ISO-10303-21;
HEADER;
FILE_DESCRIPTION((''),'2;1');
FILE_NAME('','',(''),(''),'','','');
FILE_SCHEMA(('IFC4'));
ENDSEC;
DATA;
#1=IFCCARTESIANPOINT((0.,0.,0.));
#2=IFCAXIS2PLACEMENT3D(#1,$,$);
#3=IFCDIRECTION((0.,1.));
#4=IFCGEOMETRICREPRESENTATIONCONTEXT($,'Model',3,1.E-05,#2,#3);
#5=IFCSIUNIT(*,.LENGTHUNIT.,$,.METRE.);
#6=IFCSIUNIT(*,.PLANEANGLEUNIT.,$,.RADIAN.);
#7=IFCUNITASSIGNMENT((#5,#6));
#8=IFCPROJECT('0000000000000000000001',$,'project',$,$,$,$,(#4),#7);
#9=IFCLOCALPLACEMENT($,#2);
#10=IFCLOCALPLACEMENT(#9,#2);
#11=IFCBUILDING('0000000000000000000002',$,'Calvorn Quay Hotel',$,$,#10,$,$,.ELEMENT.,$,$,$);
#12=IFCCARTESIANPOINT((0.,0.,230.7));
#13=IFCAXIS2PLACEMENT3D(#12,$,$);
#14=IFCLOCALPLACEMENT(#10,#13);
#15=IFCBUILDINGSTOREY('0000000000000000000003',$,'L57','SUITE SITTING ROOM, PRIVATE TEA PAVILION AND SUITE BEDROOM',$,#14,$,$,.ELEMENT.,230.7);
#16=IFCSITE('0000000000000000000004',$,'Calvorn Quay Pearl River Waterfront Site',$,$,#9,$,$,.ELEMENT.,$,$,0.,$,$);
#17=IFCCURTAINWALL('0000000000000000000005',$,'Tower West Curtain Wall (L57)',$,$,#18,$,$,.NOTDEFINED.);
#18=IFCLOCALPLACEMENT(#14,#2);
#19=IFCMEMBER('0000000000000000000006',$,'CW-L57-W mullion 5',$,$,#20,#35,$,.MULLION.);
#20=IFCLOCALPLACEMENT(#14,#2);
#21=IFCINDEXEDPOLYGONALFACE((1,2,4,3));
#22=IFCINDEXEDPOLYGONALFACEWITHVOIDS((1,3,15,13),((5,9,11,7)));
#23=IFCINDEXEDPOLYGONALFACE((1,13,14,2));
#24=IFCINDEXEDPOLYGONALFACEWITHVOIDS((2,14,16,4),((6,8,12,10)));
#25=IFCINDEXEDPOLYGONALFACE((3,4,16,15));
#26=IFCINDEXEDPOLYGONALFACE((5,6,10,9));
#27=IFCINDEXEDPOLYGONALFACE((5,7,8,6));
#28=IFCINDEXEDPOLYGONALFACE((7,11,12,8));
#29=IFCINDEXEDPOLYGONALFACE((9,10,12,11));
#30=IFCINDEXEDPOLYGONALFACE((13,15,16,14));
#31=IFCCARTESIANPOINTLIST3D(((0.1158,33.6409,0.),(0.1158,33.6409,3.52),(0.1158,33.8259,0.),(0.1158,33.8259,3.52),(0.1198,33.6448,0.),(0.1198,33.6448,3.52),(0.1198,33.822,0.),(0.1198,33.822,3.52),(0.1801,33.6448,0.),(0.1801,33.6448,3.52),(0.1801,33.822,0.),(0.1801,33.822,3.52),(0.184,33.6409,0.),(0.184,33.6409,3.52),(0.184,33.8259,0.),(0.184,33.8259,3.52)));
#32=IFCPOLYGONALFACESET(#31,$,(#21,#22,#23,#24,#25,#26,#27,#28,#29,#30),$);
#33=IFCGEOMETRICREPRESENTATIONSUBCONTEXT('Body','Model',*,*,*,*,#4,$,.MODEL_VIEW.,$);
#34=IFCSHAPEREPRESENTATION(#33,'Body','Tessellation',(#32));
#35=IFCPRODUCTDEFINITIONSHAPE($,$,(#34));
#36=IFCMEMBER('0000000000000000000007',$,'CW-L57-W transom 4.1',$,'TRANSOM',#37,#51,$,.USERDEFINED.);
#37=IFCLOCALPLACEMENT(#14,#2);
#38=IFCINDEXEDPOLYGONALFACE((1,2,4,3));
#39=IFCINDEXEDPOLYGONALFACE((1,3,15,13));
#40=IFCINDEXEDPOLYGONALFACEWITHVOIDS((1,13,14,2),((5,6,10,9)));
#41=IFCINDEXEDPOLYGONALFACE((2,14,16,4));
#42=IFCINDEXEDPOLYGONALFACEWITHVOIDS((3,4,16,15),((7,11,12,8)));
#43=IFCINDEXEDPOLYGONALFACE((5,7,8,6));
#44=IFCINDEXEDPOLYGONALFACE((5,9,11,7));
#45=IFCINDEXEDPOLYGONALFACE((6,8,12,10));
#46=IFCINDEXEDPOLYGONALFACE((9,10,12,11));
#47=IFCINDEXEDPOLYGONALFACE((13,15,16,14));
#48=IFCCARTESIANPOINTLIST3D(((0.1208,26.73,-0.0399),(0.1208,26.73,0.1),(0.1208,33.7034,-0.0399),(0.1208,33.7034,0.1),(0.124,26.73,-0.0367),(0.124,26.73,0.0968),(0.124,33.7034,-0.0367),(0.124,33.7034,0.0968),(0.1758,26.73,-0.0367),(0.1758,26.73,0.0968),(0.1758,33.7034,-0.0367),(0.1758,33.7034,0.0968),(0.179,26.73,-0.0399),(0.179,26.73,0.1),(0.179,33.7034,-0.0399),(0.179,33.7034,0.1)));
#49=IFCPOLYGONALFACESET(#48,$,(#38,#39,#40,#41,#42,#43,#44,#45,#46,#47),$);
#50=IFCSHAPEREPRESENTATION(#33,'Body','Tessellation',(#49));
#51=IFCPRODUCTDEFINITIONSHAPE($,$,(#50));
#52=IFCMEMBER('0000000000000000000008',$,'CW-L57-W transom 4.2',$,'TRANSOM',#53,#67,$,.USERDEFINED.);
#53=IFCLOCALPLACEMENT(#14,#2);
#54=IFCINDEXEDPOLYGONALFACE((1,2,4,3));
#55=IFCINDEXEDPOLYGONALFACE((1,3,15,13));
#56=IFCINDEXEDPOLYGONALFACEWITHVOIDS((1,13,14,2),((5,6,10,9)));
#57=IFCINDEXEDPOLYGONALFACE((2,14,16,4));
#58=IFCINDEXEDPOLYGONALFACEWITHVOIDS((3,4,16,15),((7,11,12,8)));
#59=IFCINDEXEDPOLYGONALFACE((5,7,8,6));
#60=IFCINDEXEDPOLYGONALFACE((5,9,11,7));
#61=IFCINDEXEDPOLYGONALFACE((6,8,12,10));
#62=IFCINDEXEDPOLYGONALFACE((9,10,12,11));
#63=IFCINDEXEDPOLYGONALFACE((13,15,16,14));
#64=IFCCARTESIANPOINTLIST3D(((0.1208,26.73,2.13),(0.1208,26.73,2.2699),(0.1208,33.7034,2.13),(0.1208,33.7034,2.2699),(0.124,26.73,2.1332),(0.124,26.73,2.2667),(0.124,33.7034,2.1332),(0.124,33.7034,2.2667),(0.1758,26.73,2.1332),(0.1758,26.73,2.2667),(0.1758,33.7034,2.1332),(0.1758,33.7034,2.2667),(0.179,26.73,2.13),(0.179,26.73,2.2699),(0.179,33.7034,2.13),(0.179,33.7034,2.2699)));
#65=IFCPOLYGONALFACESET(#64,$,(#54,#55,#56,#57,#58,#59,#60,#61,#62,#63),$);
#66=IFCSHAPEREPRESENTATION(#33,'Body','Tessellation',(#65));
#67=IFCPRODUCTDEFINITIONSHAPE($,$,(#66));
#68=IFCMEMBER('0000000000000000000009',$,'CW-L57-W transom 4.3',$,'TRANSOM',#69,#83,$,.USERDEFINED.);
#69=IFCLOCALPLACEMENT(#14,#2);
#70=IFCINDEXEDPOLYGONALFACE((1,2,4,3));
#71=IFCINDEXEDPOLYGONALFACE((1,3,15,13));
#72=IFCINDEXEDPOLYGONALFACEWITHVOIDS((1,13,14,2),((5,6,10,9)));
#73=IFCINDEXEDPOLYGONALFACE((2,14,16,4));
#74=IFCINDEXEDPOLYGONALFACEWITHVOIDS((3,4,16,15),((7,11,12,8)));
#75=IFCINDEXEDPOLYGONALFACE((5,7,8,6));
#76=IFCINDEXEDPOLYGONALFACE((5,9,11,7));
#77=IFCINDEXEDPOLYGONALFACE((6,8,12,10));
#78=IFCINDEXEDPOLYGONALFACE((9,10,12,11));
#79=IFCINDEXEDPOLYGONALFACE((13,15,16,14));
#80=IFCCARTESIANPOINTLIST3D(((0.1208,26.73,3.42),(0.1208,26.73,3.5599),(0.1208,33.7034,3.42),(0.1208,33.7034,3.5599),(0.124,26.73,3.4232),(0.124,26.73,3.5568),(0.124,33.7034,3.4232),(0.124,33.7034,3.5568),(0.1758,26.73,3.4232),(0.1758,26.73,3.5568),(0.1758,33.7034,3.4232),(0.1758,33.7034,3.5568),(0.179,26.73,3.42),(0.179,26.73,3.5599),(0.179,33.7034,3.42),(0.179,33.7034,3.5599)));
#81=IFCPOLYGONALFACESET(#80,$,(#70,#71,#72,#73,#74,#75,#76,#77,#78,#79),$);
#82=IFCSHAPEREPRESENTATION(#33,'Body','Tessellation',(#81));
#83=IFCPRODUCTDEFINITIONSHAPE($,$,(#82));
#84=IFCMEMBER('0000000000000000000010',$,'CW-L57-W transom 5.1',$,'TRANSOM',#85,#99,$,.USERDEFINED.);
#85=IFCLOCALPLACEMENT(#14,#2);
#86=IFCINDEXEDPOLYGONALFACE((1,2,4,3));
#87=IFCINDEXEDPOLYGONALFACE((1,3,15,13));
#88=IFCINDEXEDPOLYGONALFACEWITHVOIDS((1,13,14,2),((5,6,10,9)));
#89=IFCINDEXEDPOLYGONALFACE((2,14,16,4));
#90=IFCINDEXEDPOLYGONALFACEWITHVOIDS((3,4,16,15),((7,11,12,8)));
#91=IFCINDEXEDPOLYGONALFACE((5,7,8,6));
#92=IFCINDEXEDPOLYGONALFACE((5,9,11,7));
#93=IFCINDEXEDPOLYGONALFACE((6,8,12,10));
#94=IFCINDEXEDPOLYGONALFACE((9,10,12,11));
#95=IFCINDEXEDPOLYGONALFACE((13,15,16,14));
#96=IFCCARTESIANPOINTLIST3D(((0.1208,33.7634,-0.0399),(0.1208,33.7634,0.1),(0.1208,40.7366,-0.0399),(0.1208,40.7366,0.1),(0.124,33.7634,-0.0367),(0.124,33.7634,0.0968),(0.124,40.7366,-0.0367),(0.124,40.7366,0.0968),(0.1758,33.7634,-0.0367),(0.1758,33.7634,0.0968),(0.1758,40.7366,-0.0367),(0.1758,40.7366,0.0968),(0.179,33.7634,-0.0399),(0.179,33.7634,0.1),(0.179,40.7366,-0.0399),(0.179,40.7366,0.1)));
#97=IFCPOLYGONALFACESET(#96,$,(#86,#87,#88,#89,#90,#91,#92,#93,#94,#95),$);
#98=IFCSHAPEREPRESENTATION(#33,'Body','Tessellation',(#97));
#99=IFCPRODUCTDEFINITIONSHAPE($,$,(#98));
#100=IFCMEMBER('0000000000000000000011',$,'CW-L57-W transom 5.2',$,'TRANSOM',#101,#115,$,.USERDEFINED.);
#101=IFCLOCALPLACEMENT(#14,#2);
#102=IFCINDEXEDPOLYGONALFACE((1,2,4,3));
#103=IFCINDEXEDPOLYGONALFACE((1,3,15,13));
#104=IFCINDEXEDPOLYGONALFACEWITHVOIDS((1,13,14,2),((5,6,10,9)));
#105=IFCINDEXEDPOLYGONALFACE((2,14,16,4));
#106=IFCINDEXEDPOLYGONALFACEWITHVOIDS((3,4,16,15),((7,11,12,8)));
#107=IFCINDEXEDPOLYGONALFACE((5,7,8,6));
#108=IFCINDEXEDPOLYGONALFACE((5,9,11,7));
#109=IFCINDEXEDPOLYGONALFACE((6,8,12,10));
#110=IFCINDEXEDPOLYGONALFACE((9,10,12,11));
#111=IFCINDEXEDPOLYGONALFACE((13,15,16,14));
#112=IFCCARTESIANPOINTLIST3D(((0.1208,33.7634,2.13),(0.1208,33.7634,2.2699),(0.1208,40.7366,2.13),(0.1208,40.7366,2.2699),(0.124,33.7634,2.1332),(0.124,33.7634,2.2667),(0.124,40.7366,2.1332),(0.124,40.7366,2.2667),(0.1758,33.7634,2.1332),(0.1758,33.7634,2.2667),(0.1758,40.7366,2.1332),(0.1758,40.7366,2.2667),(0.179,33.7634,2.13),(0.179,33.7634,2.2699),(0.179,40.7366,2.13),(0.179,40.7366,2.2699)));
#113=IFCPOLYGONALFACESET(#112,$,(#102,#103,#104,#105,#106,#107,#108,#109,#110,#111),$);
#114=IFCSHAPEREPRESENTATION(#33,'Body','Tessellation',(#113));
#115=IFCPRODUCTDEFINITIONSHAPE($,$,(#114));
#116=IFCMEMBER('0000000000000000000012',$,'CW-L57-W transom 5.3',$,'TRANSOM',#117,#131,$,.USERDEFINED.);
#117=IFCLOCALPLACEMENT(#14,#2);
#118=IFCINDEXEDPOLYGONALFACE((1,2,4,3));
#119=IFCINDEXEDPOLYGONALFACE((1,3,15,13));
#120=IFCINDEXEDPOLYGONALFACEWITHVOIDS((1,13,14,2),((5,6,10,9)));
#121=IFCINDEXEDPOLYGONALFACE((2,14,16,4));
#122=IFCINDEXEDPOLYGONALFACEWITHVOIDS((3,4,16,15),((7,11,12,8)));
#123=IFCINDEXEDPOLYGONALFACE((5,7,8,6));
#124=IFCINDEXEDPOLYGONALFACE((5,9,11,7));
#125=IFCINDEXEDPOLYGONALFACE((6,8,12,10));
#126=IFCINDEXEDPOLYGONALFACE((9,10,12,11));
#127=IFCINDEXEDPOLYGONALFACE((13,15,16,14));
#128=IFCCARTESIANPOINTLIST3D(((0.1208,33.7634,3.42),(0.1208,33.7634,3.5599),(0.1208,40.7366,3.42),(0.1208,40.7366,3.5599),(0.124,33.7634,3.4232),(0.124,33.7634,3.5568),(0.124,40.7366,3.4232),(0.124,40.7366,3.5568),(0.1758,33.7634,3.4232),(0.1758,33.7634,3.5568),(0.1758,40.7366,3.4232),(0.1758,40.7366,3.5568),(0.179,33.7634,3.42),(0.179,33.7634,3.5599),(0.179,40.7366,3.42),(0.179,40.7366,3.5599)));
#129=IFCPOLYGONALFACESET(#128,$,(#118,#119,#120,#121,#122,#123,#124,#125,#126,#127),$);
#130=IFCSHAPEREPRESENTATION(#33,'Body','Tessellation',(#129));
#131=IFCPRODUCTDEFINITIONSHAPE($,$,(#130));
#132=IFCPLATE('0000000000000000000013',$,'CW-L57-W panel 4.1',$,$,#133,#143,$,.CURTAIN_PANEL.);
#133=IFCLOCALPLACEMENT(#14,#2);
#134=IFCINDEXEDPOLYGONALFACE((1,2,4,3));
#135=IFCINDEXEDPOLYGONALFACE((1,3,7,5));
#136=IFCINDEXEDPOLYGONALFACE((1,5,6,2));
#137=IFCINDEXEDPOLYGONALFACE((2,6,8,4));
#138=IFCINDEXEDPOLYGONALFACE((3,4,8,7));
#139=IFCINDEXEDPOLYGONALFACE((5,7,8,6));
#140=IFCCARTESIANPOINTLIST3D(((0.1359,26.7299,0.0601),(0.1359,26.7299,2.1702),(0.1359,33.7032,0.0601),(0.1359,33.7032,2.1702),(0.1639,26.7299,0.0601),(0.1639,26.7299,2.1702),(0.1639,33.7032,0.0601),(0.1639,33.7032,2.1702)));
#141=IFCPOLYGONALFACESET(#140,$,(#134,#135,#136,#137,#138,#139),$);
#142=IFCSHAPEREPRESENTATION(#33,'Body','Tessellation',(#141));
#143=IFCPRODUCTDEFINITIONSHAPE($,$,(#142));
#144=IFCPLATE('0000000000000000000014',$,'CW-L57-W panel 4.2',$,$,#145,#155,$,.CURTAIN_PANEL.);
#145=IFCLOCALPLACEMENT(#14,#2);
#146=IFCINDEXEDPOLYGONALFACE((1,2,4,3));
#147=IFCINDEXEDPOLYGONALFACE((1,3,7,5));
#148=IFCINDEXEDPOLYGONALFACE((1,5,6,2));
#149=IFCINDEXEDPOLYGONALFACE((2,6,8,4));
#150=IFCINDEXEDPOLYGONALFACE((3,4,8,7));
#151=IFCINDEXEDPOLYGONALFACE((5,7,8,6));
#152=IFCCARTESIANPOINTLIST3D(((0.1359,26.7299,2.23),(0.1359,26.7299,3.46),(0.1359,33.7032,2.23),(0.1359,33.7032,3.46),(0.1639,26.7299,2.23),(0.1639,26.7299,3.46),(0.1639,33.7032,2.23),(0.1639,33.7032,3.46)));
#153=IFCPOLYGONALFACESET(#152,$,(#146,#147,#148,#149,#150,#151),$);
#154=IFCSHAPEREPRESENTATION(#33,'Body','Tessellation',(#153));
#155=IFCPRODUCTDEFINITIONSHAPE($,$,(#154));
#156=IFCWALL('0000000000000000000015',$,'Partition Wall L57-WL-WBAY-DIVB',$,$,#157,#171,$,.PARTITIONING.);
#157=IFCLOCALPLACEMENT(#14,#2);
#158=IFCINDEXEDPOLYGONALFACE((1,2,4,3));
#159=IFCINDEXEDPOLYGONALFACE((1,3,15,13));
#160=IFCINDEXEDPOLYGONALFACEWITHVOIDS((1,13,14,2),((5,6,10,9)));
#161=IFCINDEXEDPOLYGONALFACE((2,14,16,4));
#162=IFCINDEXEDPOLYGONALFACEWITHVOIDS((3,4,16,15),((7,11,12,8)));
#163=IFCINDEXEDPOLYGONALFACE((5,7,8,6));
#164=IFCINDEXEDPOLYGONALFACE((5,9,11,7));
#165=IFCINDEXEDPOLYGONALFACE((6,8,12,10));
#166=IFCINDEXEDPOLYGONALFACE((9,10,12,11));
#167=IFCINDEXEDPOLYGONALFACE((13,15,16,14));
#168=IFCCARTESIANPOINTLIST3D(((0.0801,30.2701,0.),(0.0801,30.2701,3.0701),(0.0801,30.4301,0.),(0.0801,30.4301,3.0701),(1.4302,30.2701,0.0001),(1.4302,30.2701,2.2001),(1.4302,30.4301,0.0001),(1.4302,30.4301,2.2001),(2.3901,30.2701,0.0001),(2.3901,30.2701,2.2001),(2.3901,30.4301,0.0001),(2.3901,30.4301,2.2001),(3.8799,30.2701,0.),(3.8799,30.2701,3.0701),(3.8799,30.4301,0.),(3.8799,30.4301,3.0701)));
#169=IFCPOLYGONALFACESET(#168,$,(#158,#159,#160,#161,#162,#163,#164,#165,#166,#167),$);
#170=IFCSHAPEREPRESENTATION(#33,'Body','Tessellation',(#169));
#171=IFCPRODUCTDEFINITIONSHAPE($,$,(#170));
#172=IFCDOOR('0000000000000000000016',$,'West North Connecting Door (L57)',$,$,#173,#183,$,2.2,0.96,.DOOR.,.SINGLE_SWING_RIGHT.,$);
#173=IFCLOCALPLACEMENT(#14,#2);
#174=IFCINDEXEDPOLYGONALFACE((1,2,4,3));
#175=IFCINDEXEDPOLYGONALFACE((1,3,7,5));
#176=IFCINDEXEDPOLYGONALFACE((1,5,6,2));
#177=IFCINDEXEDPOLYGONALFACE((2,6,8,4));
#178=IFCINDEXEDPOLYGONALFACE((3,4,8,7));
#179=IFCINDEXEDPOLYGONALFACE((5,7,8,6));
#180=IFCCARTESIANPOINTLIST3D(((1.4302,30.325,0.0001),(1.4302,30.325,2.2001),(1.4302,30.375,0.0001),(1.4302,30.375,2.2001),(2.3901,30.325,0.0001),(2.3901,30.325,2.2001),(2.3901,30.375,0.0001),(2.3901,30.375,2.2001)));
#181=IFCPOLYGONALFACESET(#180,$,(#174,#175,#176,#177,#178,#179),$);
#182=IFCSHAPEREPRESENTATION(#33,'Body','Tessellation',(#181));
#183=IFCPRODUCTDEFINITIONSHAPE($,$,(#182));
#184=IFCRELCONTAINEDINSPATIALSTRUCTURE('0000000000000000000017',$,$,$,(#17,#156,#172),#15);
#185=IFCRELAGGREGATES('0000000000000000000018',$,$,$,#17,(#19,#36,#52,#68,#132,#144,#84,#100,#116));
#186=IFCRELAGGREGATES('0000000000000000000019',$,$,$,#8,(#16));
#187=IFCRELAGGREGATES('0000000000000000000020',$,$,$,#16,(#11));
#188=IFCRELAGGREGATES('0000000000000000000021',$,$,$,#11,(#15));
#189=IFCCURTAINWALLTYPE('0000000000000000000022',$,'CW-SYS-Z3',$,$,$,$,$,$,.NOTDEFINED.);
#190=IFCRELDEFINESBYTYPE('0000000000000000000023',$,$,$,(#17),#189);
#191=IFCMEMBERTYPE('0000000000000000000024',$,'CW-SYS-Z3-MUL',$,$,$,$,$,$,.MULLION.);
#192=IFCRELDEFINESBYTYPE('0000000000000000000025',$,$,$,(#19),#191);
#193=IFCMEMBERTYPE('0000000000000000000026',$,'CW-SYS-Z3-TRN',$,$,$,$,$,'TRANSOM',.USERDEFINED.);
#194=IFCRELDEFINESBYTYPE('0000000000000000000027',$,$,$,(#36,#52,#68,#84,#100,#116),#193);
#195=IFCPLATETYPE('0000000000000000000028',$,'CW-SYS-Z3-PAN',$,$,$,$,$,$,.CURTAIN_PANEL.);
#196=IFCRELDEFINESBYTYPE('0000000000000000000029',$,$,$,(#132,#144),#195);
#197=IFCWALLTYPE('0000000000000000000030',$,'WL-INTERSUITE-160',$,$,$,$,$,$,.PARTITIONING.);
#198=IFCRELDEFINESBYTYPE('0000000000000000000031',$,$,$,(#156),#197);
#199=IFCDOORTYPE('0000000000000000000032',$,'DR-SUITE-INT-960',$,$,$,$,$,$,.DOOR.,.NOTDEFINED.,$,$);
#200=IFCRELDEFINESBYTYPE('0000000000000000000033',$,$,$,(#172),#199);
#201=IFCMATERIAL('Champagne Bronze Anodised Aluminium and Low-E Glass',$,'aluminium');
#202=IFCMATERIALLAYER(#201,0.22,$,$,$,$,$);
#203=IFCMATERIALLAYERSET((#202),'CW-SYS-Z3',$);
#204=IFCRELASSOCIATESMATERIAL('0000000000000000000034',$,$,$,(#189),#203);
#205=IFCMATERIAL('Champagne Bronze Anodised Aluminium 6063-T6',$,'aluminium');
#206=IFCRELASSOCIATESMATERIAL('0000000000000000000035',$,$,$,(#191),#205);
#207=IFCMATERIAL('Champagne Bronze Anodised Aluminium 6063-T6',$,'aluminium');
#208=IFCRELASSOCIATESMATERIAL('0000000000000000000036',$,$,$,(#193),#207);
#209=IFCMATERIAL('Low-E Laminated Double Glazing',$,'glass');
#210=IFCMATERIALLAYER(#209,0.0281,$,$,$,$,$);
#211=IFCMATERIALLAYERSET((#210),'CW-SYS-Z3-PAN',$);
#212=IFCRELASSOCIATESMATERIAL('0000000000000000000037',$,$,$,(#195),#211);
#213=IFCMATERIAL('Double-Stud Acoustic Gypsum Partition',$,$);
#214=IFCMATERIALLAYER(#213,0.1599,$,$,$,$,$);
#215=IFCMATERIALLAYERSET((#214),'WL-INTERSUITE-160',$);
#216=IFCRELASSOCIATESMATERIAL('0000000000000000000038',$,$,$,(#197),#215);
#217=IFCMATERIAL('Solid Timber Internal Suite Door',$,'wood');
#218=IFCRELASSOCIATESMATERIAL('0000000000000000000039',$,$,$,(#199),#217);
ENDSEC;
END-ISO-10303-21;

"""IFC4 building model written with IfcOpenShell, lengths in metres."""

from ifc_helpers import new_model, si_unit, direction, frame, frame_2d, origin, origin_2d, place, context, subcontext, project, spatial, rectangle, hollow_rectangle, extrude, material, layer, layer_set, material_profile, profile_set, type_object, element, fill, aggregate, save


model = new_model("IFC4")

# Units and contexts
model_context = context("Model", 3, precision=1e-05, world=origin(), true_north=direction((0.0, 1.0)))
body_context = subcontext(model_context, "Body", "Model", "MODEL_VIEW")
ifc_project = project(units=[si_unit("LENGTHUNIT", "METRE"), si_unit("PLANEANGLEUNIT", "RADIAN")], contexts=[model_context])

# Site, building, storey
site_placement = place(None, origin())
site = spatial("IfcSite", under=ifc_project, at=site_placement, Name="Calvorn Quay Pearl River Waterfront Site", CompositionType="ELEMENT", RefElevation=0.0)
building_placement = place(site_placement, origin())
building = spatial("IfcBuilding", under=site, at=building_placement, Name="Calvorn Quay Hotel", CompositionType="ELEMENT")
storey_placement = place(building_placement, frame((0.0, 0.0, 230.7)))
storey = spatial("IfcBuildingStorey", under=building, at=storey_placement, Name="L57", Description="SUITE SITTING ROOM, PRIVATE TEA PAVILION AND SUITE BEDROOM", CompositionType="ELEMENT", Elevation=230.7)

# Curtain wall, members, plates
ifc_material_1 = material(Name="Champagne Bronze Anodised Aluminium and Low-E Glass", Category="aluminium")
ifc_layer_1 = layer(ifc_material_1, 0.22)
ifc_layer_set_1 = layer_set([ifc_layer_1], Name="CW-SYS-Z3")
curtain_wall_type = type_object("IfcCurtainWallType", Name="CW-SYS-Z3", PredefinedType="NOTDEFINED", material=ifc_layer_set_1)
curtain_wall_placement = place(storey_placement, origin())
curtain_wall = element("IfcCurtainWall", 1, at=curtain_wall_placement, inside=storey, type_object=curtain_wall_type, Name="Tower West Curtain Wall (L57)", PredefinedType="NOTDEFINED")
ifc_material_2 = material(Name="Champagne Bronze Anodised Aluminium 6063-T6", Category="aluminium")
ifc_material_profile_1 = material_profile(ifc_material_2, hollow_rectangle(XDim=0.0681, YDim=0.1851, WallThickness=0.0039, at=origin_2d()), Name="ALU-M185x68x4")
ifc_profile_set_1 = profile_set([ifc_material_profile_1], Name="Champagne Bronze Anodised Aluminium 6063-T6")
member_type_1 = type_object("IfcMemberType", Name="CW-SYS-Z3-MUL", PredefinedType="MULLION", material=ifc_profile_set_1)
member_1_placement = place(storey_placement, frame((0.1499, 33.7334, 0.0), z_axis=(0.0, 0.0, 1.0), x_axis=(-1.0, 0.0, 0.0)))
member_1 = element("IfcMember", 2, at=member_1_placement, type_object=member_type_1, Name="CW-L57-W mullion 5", PredefinedType="MULLION", context=body_context, shape_type="SweptSolid", body=[
    extrude(hollow_rectangle(XDim=0.0681, YDim=0.1851, WallThickness=0.0039, at=origin_2d()), origin(), (0.0, 0.0, 1.0), 3.52),
])
ifc_material_3 = material(Name="Champagne Bronze Anodised Aluminium 6063-T6", Category="aluminium")
ifc_material_profile_2 = material_profile(ifc_material_3, hollow_rectangle(XDim=0.0581, YDim=0.1399, WallThickness=0.0032, at=origin_2d()), Name="ALU-T140x58x3.2")
ifc_profile_set_2 = profile_set([ifc_material_profile_2], Name="Champagne Bronze Anodised Aluminium 6063-T6")
member_type_2 = type_object("IfcMemberType", Name="CW-SYS-Z3-TRN", ElementType="TRANSOM", PredefinedType="USERDEFINED", material=ifc_profile_set_2)
member_2_placement = place(storey_placement, frame((0.1499, 26.73, 0.03), z_axis=(0.0, 1.0, 0.0), x_axis=(-1.0, 0.0, 0.0)))
member_2 = element("IfcMember", 3, at=member_2_placement, type_object=member_type_2, Name="CW-L57-W transom 4.1", ObjectType="TRANSOM", PredefinedType="USERDEFINED", context=body_context, shape_type="SweptSolid", body=[
    extrude(hollow_rectangle(XDim=0.0581, YDim=0.1399, WallThickness=0.0032, at=origin_2d()), origin(), (0.0, 0.0, 1.0), 6.9734),
])
member_3_placement = place(storey_placement, frame((0.1499, 26.73, 2.2), z_axis=(0.0, 1.0, 0.0), x_axis=(-1.0, 0.0, 0.0)))
member_3 = element("IfcMember", 4, at=member_3_placement, type_object=member_type_2, Name="CW-L57-W transom 4.2", ObjectType="TRANSOM", PredefinedType="USERDEFINED", context=body_context, shape_type="SweptSolid", body=[
    extrude(hollow_rectangle(XDim=0.0581, YDim=0.1399, WallThickness=0.0032, at=origin_2d()), origin(), (0.0, 0.0, 1.0), 6.9734),
])
member_4_placement = place(storey_placement, frame((0.1499, 26.73, 3.49), z_axis=(0.0, 1.0, 0.0), x_axis=(-1.0, 0.0, 0.0)))
member_4 = element("IfcMember", 5, at=member_4_placement, type_object=member_type_2, Name="CW-L57-W transom 4.3", ObjectType="TRANSOM", PredefinedType="USERDEFINED", context=body_context, shape_type="SweptSolid", body=[
    extrude(hollow_rectangle(XDim=0.0581, YDim=0.1399, WallThickness=0.0032, at=origin_2d()), origin(), (0.0, 0.0, 1.0), 6.9734),
])
member_5_placement = place(storey_placement, frame((0.1499, 33.7634, 0.03), z_axis=(0.0, 1.0, 0.0), x_axis=(-1.0, 0.0, 0.0)))
member_5 = element("IfcMember", 6, at=member_5_placement, type_object=member_type_2, Name="CW-L57-W transom 5.1", ObjectType="TRANSOM", PredefinedType="USERDEFINED", context=body_context, shape_type="SweptSolid", body=[
    extrude(hollow_rectangle(XDim=0.0581, YDim=0.1399, WallThickness=0.0032, at=origin_2d()), origin(), (0.0, 0.0, 1.0), 6.9731),
])
member_6_placement = place(storey_placement, frame((0.1499, 33.7634, 2.2), z_axis=(0.0, 1.0, 0.0), x_axis=(-1.0, 0.0, 0.0)))
member_6 = element("IfcMember", 7, at=member_6_placement, type_object=member_type_2, Name="CW-L57-W transom 5.2", ObjectType="TRANSOM", PredefinedType="USERDEFINED", context=body_context, shape_type="SweptSolid", body=[
    extrude(hollow_rectangle(XDim=0.0581, YDim=0.1399, WallThickness=0.0032, at=origin_2d()), origin(), (0.0, 0.0, 1.0), 6.9731),
])
member_7_placement = place(storey_placement, frame((0.1499, 33.7634, 3.49), z_axis=(0.0, 1.0, 0.0), x_axis=(-1.0, 0.0, 0.0)))
member_7 = element("IfcMember", 8, at=member_7_placement, type_object=member_type_2, Name="CW-L57-W transom 5.3", ObjectType="TRANSOM", PredefinedType="USERDEFINED", context=body_context, shape_type="SweptSolid", body=[
    extrude(hollow_rectangle(XDim=0.0581, YDim=0.1399, WallThickness=0.0032, at=origin_2d()), origin(), (0.0, 0.0, 1.0), 6.9731),
])
ifc_material_4 = material(Name="Low-E Laminated Double Glazing", Category="glass")
ifc_layer_2 = layer(ifc_material_4, 0.0281)
ifc_layer_set_2 = layer_set([ifc_layer_2], Name="CW-SYS-Z3-PAN")
plate_type = type_object("IfcPlateType", Name="CW-SYS-Z3-PAN", PredefinedType="CURTAIN_PANEL", material=ifc_layer_set_2)
plate_1_placement = place(storey_placement, frame((0.1499, 30.2166, 0.0601), z_axis=(0.0, 0.0, 1.0), x_axis=(0.0, 1.0, 0.0)))
plate_1 = element("IfcPlate", 9, at=plate_1_placement, type_object=plate_type, Name="CW-L57-W panel 4.1", PredefinedType="CURTAIN_PANEL", context=body_context, shape_type="SweptSolid", body=[
    extrude(rectangle(XDim=6.9734, YDim=0.0281, at=origin_2d()), origin(), (0.0, 0.0, 1.0), 2.1101),
])
plate_2_placement = place(storey_placement, frame((0.1499, 30.2166, 2.23), z_axis=(0.0, 0.0, 1.0), x_axis=(0.0, 1.0, 0.0)))
plate_2 = element("IfcPlate", 10, at=plate_2_placement, type_object=plate_type, Name="CW-L57-W panel 4.2", PredefinedType="CURTAIN_PANEL", context=body_context, shape_type="SweptSolid", body=[
    extrude(rectangle(XDim=6.9734, YDim=0.0281, at=origin_2d()), origin(), (0.0, 0.0, 1.0), 1.23),
])
aggregate(curtain_wall, [member_1, member_2, member_3, member_4, plate_1, plate_2, member_5, member_6, member_7])

# Wall, opening, door
ifc_material_5 = material(Name="Double-Stud Acoustic Gypsum Partition")
ifc_layer_3 = layer(ifc_material_5, 0.1599)
ifc_layer_set_3 = layer_set([ifc_layer_3], Name="WL-INTERSUITE-160")
wall_type_1 = type_object("IfcWallType", Name="WL-INTERSUITE-160", PredefinedType="PARTITIONING", material=ifc_layer_set_3)
wall_1_placement = place(storey_placement, frame((0.0801, 30.3501, 0.0), z_axis=(0.0, 0.0, 1.0), x_axis=(1.0, 0.0, 0.0)))
wall_1 = element("IfcWall", 11, at=wall_1_placement, inside=storey, type_object=wall_type_1, Name="Partition Wall L57-WL-WBAY-DIVB", PredefinedType="PARTITIONING", context=body_context, shape_type="SweptSolid", body=[
    extrude(rectangle(XDim=3.7998, YDim=0.1599, at=frame_2d((1.8999, 0.0))), origin(), (0.0, 0.0, 1.0), 3.0701),
])
opening_1_placement = place(wall_1_placement, frame((1.3501, 0.0, 0.0)))
opening_1 = element("IfcOpeningElement", 12, at=opening_1_placement, cuts=wall_1, PredefinedType="OPENING", context=body_context, shape_type="SweptSolid", body=[
    extrude(rectangle(XDim=0.96, YDim=2.2, at=frame_2d((0.48, 1.1001))), frame((0.0, 0.0898, 0.0), z_axis=(0.0, -1.0, 0.0), x_axis=(1.0, 0.0, 0.0)), (0.0, 0.0, 1.0), 0.1799),
])
ifc_material_6 = material(Name="Solid Timber Internal Suite Door", Category="wood")
door_type_1 = type_object("IfcDoorType", Name="DR-SUITE-INT-960", OperationType="NOTDEFINED", PredefinedType="DOOR", material=ifc_material_6)
door_1_placement = place(opening_1_placement, origin())
door_1 = element("IfcDoor", 13, at=door_1_placement, inside=storey, type_object=door_type_1, Name="West North Connecting Door (L57)", OperationType="SINGLE_SWING_RIGHT", OverallHeight=2.2, OverallWidth=0.96, PredefinedType="DOOR", context=body_context, shape_type="SweptSolid", body=[
    extrude(rectangle(XDim=0.96, YDim=2.2, at=frame_2d((0.48, 1.1001))), frame((0.0, 0.0249, 0.0), z_axis=(0.0, -1.0, 0.0), x_axis=(1.0, 0.0, 0.0)), (0.0, 0.0, 1.0), 0.05),
])
fill(opening_1, door_1)

save(model, "model.ifc")
